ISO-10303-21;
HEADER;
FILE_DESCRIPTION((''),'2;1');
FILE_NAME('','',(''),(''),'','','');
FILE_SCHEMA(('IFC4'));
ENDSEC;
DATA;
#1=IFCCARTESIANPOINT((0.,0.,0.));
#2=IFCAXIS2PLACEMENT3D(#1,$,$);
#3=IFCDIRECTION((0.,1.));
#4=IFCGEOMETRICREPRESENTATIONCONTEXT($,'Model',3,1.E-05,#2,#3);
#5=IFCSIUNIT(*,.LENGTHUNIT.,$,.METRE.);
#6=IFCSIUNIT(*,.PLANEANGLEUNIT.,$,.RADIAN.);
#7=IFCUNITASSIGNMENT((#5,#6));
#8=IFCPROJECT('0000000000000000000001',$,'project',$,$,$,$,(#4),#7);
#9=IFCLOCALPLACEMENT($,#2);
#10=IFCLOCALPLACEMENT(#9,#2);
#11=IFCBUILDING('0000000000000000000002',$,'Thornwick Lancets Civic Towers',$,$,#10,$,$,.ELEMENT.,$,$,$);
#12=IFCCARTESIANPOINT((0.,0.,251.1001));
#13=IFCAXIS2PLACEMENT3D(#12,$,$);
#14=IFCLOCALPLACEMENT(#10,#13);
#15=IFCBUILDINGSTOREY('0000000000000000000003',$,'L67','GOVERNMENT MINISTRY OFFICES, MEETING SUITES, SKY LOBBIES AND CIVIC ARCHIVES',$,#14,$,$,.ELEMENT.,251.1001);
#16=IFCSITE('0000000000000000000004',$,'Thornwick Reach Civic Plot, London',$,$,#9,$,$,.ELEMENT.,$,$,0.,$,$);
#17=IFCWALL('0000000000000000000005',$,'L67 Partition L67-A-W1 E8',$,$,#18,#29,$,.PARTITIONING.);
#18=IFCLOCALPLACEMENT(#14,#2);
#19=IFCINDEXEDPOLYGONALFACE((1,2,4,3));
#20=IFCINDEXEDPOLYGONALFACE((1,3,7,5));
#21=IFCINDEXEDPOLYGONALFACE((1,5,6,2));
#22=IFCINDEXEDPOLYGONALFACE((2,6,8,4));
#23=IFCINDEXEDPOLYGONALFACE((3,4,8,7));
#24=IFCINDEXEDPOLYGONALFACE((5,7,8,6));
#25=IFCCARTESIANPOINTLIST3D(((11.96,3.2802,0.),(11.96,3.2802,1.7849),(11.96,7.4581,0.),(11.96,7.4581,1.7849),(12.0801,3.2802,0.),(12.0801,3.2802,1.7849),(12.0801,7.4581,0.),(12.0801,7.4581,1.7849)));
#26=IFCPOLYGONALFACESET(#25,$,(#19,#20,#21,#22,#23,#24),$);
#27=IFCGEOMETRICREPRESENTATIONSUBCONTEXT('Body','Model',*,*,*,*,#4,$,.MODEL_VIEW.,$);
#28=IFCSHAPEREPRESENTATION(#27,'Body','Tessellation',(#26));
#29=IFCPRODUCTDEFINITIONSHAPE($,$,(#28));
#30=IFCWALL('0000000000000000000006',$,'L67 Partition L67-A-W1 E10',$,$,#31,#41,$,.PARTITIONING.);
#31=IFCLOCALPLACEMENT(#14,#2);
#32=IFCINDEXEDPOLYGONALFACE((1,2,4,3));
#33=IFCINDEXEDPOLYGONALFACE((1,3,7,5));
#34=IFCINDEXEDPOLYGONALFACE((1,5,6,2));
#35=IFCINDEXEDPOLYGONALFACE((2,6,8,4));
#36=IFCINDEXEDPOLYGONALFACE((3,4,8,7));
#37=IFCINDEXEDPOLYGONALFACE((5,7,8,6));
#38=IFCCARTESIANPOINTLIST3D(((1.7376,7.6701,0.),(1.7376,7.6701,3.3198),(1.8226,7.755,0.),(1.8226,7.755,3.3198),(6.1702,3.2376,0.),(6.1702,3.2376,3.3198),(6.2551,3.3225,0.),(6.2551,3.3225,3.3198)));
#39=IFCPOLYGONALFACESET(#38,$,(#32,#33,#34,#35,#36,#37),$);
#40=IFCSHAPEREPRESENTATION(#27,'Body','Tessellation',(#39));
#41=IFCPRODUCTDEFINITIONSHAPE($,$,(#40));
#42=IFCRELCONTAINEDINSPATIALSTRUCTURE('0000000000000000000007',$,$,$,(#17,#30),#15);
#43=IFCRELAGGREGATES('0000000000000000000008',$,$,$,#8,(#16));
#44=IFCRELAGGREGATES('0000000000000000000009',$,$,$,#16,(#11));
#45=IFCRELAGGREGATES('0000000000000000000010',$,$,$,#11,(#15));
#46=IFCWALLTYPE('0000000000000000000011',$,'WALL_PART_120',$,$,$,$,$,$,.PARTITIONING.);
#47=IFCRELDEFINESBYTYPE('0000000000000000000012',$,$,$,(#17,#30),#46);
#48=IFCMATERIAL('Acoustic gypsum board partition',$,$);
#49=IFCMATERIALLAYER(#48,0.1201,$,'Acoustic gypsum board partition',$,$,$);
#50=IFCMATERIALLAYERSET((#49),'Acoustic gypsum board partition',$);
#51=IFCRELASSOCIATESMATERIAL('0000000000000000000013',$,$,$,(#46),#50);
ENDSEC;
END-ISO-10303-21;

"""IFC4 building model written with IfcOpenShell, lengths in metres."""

from ifc_helpers import new_model, si_unit, direction, frame, frame_2d, origin, place, context, subcontext, project, spatial, rectangle, extrude, material, layer, layer_set, type_object, element, save


model = new_model("IFC4")

# Units and contexts
model_context = context("Model", 3, precision=1e-05, world=origin(), true_north=direction((0.0, 1.0)))
body_context = subcontext(model_context, "Body", "Model", "MODEL_VIEW")
ifc_project = project(units=[si_unit("LENGTHUNIT", "METRE"), si_unit("PLANEANGLEUNIT", "RADIAN")], contexts=[model_context])

# Site, building, storey
site_placement = place(None, origin())
site = spatial("IfcSite", under=ifc_project, at=site_placement, Name="Thornwick Reach Civic Plot, London", CompositionType="ELEMENT", RefElevation=0.0)
building_placement = place(site_placement, origin())
building = spatial("IfcBuilding", under=site, at=building_placement, Name="Thornwick Lancets Civic Towers", CompositionType="ELEMENT")
storey_placement = place(building_placement, frame((0.0, 0.0, 251.1001)))
storey = spatial("IfcBuildingStorey", under=building, at=storey_placement, Name="L67", Description="GOVERNMENT MINISTRY OFFICES, MEETING SUITES, SKY LOBBIES AND CIVIC ARCHIVES", CompositionType="ELEMENT", Elevation=251.1001)

# Walls
ifc_material_1 = material(Name="Acoustic gypsum board partition")
ifc_layer_1 = layer(ifc_material_1, 0.1201, Name="Acoustic gypsum board partition")
ifc_layer_set_1 = layer_set([ifc_layer_1], Name="Acoustic gypsum board partition")
wall_type_1 = type_object("IfcWallType", Name="WALL_PART_120", PredefinedType="PARTITIONING", material=ifc_layer_set_1)
wall_1_placement = place(storey_placement, frame((12.02, 7.458, 0.0), z_axis=(0.0, 0.0, 1.0), x_axis=(0.0, -1.0, 0.0)))
element("IfcWall", 1, at=wall_1_placement, inside=storey, type_object=wall_type_1, Name="L67 Partition L67-A-W1 E8", PredefinedType="PARTITIONING", context=body_context, shape_type="SweptSolid", body=[
    extrude(rectangle(XDim=4.178, YDim=0.1201, at=frame_2d((2.0889, 0.0))), origin(), (0.0, 0.0, 1.0), 1.7849),
])
wall_2_placement = place(storey_placement, frame((6.2126, 3.28, 0.0), z_axis=(0.0, 0.0, 1.0), x_axis=(-0.707107, 0.707107, 0.0)))
element("IfcWall", 2, at=wall_2_placement, inside=storey, type_object=wall_type_1, Name="L67 Partition L67-A-W1 E10", PredefinedType="PARTITIONING", context=body_context, shape_type="SweptSolid", body=[
    extrude(rectangle(XDim=6.2686, YDim=0.1201, at=frame_2d((3.1343, 0.0))), origin(), (0.0, 0.0, 1.0), 3.3198),
])

save(model, "model.ifc")
